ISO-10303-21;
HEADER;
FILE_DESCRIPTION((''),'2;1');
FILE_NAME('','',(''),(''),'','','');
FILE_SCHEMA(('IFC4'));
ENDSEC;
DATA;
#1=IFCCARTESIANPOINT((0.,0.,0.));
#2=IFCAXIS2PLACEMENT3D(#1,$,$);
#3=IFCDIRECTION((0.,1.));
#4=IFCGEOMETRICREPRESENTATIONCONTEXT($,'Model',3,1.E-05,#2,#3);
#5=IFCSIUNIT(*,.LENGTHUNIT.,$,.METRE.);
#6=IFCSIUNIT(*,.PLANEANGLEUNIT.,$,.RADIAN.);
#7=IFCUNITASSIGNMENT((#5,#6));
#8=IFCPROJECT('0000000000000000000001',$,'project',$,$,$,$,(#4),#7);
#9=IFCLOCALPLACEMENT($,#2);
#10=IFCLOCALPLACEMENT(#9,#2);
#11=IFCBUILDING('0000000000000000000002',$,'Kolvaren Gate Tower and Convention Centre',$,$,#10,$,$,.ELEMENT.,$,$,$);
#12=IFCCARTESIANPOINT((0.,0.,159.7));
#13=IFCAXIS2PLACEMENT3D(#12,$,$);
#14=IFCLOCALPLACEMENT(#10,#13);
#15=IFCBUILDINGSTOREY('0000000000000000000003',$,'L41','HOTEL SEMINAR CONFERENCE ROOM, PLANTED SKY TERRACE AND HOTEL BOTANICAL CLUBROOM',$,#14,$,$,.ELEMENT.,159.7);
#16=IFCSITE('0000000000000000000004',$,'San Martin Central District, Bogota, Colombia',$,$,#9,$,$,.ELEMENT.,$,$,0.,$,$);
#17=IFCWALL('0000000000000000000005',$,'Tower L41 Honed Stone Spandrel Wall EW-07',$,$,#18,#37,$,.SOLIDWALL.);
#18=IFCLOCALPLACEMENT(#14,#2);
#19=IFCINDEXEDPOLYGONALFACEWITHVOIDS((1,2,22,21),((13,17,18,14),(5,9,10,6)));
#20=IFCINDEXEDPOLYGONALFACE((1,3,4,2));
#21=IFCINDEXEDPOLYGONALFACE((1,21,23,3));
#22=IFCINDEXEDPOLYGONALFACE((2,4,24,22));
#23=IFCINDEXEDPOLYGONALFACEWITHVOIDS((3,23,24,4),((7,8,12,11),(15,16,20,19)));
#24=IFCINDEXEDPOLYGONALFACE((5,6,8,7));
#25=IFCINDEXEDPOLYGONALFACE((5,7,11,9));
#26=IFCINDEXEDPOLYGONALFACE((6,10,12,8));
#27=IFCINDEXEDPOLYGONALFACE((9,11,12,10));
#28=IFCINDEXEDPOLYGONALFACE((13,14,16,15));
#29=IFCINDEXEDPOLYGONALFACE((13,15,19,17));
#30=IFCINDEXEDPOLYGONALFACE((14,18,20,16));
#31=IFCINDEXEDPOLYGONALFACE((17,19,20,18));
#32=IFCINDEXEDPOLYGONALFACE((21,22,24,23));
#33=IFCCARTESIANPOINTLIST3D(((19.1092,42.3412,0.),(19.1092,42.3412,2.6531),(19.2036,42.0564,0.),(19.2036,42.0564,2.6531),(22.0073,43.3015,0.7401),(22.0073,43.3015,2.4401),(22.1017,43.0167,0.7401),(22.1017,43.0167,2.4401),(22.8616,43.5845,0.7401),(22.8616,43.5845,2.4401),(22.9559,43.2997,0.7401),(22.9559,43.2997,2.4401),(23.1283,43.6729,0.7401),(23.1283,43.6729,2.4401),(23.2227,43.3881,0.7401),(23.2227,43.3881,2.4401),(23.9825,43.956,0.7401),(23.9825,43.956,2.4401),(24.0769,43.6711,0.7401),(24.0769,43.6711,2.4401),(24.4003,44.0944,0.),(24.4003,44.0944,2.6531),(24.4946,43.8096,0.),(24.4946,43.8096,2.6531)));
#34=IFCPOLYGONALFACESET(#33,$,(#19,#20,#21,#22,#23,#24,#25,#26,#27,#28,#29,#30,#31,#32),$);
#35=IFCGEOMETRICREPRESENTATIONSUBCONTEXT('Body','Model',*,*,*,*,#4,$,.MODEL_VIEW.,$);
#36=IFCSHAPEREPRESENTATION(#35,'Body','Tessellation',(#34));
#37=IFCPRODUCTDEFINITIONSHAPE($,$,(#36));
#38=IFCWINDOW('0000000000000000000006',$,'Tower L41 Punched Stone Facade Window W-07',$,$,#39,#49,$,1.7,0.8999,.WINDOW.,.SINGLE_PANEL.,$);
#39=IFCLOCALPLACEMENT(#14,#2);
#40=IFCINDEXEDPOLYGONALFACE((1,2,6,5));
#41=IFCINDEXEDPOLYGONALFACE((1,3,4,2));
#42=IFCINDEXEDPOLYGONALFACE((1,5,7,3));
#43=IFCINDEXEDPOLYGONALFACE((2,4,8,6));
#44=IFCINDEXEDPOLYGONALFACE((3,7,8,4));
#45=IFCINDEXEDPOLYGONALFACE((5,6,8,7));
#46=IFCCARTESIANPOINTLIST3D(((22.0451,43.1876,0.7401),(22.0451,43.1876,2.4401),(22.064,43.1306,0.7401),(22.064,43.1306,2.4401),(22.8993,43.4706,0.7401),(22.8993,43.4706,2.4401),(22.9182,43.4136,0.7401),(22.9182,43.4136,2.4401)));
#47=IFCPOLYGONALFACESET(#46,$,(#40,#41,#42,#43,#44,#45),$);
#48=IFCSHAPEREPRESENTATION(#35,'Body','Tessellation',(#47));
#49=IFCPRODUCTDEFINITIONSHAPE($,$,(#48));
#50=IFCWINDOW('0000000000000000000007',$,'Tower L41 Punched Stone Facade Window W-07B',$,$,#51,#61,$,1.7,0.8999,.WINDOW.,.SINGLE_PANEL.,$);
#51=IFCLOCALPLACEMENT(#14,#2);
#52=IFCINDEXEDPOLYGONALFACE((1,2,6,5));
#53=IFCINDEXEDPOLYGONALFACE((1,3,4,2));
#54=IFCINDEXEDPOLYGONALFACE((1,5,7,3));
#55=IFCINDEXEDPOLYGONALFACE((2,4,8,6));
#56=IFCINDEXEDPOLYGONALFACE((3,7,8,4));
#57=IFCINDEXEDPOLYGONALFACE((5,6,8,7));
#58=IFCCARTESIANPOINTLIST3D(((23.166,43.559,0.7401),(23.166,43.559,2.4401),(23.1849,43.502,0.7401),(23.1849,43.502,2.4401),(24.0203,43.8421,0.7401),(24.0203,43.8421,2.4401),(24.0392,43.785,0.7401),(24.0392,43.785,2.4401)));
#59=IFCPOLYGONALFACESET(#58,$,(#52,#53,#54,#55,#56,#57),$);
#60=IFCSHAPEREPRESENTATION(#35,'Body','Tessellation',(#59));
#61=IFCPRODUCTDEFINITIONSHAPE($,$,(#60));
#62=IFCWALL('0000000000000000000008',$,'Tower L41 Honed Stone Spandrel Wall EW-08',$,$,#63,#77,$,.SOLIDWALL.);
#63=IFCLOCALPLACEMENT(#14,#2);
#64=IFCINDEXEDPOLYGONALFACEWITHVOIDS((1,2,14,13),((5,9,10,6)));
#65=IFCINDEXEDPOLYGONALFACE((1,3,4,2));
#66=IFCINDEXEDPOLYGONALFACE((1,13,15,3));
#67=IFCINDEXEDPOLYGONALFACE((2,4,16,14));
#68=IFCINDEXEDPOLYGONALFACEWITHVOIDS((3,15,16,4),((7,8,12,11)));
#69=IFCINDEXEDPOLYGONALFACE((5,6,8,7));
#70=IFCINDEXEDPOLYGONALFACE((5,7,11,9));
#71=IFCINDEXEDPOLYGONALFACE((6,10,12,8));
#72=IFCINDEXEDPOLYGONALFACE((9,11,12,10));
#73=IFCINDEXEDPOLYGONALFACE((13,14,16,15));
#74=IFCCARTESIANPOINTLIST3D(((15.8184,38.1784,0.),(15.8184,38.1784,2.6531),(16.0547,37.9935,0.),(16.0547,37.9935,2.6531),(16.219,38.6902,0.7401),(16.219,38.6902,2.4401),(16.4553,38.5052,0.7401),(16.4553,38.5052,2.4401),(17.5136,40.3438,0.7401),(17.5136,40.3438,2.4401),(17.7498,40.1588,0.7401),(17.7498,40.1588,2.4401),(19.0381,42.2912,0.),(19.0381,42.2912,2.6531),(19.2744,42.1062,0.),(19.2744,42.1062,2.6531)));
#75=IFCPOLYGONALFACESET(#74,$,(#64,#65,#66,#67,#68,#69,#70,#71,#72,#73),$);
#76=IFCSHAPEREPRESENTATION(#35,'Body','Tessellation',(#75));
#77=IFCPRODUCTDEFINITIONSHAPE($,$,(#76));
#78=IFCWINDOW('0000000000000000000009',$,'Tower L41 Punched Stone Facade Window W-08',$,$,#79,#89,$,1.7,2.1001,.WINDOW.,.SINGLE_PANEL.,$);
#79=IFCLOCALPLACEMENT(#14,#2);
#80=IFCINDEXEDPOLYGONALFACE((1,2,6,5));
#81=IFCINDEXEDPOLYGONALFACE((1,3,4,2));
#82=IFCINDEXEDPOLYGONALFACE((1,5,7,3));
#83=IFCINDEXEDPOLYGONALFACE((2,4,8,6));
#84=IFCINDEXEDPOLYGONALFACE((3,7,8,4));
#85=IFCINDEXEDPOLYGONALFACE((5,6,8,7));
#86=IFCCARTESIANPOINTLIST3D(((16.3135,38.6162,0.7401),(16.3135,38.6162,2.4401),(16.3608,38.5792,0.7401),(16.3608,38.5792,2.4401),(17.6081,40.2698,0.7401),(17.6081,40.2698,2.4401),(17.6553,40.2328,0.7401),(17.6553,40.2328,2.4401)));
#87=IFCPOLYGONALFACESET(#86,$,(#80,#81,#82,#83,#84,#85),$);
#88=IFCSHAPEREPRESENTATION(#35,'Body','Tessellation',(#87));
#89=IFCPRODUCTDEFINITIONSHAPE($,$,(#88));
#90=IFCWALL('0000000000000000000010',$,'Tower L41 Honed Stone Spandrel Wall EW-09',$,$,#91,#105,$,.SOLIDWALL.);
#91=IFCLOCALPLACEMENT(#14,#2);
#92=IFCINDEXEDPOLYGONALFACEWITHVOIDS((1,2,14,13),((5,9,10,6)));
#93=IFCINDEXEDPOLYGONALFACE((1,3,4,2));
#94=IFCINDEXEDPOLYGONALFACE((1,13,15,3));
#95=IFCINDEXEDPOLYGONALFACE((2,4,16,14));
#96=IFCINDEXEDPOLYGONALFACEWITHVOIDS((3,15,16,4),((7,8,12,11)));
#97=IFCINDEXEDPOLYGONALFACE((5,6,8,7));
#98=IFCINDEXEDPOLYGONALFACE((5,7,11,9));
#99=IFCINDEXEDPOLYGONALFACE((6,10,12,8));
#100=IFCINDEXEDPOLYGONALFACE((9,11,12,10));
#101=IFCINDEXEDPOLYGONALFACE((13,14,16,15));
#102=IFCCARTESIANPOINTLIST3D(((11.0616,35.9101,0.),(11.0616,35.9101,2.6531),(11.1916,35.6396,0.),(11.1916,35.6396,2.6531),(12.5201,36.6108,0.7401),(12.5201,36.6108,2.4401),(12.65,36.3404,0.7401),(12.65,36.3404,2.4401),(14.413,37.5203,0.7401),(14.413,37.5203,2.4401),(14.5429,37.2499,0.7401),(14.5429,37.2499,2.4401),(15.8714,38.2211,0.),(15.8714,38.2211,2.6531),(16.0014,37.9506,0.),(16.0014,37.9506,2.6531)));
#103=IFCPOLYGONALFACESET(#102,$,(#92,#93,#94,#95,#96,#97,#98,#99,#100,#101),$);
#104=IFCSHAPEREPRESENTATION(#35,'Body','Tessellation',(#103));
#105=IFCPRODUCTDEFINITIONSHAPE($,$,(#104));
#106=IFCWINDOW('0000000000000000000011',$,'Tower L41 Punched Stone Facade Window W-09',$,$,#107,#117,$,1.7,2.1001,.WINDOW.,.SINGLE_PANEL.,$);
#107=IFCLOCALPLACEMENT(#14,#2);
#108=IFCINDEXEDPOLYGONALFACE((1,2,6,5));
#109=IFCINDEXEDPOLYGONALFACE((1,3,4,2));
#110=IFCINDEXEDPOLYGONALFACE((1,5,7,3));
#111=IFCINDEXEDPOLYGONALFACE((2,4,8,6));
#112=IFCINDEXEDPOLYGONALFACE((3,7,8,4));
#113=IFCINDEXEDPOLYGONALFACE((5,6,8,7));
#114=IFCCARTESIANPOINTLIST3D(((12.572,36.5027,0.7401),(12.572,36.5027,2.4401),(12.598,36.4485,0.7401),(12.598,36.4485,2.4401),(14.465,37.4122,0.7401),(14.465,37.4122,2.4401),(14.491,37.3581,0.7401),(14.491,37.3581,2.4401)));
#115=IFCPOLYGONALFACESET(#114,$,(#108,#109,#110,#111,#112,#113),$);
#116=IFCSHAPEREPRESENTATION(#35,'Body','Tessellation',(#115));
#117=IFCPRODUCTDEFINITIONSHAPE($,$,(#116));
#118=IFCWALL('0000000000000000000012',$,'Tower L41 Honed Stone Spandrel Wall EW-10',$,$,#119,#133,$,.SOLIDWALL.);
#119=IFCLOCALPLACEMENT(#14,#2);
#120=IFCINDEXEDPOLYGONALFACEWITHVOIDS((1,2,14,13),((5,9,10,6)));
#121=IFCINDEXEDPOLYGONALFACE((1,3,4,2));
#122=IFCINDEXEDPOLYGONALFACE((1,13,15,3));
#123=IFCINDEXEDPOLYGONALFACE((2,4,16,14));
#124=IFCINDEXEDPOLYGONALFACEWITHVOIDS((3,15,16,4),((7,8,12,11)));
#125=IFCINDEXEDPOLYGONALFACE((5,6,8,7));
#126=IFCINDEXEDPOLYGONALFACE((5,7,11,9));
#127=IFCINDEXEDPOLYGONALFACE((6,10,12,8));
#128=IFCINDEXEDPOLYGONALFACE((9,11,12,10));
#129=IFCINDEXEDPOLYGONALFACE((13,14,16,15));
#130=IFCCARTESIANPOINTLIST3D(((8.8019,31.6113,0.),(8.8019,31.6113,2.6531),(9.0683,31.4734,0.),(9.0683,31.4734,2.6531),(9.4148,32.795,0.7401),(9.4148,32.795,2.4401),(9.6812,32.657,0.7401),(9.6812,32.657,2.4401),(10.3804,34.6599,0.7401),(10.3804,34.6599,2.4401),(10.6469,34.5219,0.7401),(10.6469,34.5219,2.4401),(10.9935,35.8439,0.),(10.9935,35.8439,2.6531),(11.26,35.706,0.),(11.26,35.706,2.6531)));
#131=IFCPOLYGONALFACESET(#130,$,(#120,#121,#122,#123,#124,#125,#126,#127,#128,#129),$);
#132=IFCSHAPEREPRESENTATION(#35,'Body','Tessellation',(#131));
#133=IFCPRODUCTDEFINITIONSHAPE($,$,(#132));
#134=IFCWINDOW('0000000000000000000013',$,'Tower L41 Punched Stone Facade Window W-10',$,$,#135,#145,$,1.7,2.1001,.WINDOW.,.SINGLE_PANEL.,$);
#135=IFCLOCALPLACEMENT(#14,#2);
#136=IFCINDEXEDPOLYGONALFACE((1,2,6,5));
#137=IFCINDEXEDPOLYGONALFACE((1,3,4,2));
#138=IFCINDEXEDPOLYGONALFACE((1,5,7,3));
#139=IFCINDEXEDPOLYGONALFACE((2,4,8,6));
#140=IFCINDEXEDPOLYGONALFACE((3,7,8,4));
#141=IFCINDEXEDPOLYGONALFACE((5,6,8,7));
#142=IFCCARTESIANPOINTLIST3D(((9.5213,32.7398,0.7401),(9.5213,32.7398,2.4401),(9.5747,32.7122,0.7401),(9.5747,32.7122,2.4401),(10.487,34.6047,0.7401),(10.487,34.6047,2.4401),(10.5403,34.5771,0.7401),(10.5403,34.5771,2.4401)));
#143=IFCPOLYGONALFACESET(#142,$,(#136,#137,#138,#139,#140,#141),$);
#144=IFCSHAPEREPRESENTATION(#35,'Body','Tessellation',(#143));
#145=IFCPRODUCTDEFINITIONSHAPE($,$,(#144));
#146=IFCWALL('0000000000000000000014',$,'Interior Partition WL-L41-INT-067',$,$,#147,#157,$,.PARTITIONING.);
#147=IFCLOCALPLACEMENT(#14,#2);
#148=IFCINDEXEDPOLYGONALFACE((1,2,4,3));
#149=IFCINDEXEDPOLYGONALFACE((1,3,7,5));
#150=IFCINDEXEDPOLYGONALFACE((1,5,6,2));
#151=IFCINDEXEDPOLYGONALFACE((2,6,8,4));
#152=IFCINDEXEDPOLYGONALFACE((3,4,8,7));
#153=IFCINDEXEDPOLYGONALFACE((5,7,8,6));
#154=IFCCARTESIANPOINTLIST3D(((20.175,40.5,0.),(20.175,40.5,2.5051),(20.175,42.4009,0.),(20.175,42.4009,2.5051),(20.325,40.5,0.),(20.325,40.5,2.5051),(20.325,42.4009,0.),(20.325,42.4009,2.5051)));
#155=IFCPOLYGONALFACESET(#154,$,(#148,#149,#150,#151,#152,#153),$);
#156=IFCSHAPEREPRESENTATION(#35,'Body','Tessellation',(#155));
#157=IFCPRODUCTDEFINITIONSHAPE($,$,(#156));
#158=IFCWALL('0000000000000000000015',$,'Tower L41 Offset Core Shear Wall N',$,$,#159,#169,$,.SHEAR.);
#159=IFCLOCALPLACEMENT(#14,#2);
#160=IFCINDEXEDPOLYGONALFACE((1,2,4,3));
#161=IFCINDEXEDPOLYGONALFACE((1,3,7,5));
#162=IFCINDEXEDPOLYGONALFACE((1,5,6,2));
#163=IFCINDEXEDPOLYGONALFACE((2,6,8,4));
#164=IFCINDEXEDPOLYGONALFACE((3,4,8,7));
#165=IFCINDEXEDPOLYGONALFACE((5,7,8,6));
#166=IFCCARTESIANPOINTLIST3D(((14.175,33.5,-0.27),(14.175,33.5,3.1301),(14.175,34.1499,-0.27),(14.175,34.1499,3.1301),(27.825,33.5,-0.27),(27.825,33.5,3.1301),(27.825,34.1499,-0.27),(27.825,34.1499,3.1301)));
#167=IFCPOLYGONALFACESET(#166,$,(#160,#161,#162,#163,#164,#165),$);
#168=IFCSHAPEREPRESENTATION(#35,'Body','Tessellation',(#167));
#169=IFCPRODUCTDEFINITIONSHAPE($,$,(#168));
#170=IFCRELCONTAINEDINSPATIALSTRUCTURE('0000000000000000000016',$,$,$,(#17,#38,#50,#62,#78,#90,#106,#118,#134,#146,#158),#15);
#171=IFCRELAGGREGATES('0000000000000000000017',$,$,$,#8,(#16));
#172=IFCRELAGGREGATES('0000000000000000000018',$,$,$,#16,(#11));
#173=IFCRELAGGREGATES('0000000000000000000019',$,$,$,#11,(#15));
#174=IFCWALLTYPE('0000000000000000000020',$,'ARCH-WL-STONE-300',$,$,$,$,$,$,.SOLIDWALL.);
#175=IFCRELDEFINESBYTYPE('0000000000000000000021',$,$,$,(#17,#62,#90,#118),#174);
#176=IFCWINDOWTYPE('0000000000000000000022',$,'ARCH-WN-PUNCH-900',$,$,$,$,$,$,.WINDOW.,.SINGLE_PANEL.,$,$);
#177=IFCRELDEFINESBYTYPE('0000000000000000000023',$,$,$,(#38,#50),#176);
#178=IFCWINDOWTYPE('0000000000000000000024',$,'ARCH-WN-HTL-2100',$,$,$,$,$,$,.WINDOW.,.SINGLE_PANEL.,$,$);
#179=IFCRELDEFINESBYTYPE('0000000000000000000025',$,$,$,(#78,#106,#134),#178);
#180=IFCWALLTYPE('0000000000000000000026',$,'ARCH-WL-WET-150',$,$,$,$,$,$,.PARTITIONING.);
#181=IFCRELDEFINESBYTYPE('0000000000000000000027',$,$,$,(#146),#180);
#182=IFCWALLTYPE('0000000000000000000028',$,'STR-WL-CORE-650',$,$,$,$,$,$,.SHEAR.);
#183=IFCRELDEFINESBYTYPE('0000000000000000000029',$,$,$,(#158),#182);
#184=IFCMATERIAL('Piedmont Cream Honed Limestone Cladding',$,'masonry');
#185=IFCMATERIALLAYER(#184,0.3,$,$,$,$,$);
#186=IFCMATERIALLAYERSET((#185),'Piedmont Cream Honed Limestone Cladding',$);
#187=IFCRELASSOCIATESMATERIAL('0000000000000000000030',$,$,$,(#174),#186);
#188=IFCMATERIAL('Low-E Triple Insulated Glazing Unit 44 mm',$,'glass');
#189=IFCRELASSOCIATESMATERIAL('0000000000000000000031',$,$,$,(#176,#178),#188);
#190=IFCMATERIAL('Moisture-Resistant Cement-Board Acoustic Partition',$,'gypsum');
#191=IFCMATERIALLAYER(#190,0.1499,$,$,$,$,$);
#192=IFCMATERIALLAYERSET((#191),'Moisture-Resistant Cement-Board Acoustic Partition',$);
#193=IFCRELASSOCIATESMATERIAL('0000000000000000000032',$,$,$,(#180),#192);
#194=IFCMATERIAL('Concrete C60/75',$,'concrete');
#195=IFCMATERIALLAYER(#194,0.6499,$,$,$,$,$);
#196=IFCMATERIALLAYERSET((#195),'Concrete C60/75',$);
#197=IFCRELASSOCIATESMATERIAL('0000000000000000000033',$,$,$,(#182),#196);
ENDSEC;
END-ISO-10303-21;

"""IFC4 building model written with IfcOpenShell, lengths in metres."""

from ifc_helpers import new_model, si_unit, direction, frame, frame_2d, origin, place, context, subcontext, project, spatial, rectangle, extrude, material, layer, layer_set, type_object, element, fill, save


model = new_model("IFC4")

# Units and contexts
model_context = context("Model", 3, precision=1e-05, world=origin(), true_north=direction((0.0, 1.0)))
body_context = subcontext(model_context, "Body", "Model", "MODEL_VIEW")
ifc_project = project(units=[si_unit("LENGTHUNIT", "METRE"), si_unit("PLANEANGLEUNIT", "RADIAN")], contexts=[model_context])

# Site, building, storey
site_placement = place(None, origin())
site = spatial("IfcSite", under=ifc_project, at=site_placement, Name="San Martin Central District, Bogota, Colombia", CompositionType="ELEMENT", RefElevation=0.0)
building_placement = place(site_placement, origin())
building = spatial("IfcBuilding", under=site, at=building_placement, Name="Kolvaren Gate Tower and Convention Centre", CompositionType="ELEMENT")
storey_placement = place(building_placement, frame((0.0, 0.0, 159.7)))
storey = spatial("IfcBuildingStorey", under=building, at=storey_placement, Name="L41", Description="HOTEL SEMINAR CONFERENCE ROOM, PLANTED SKY TERRACE AND HOTEL BOTANICAL CLUBROOM", CompositionType="ELEMENT", Elevation=159.7)

# Shared definitions
ifc_material_1 = material(Name="Concrete C60/75", Category="concrete")

# Wall, openings, windows
ifc_material_2 = material(Name="Piedmont Cream Honed Limestone Cladding", Category="masonry")
ifc_layer_1 = layer(ifc_material_2, 0.3)
ifc_layer_set_1 = layer_set([ifc_layer_1], Name="Piedmont Cream Honed Limestone Cladding")
wall_type_1 = type_object("IfcWallType", Name="ARCH-WL-STONE-300", PredefinedType="SOLIDWALL", material=ifc_layer_set_1)
wall_1_placement = place(storey_placement, frame((19.1562, 42.1987, 0.0), z_axis=(0.0, 0.0, 1.0), x_axis=(0.949247, 0.314532, 0.0)))
wall_1 = element("IfcWall", 1, at=wall_1_placement, inside=storey, type_object=wall_type_1, Name="Tower L41 Honed Stone Spandrel Wall EW-07", PredefinedType="SOLIDWALL", context=body_context, shape_type="SweptSolid", body=[
    extrude(rectangle(XDim=5.574, YDim=0.3, at=frame_2d((2.7871, 0.0))), origin(), (0.0, 0.0, 1.0), 2.6531),
])
opening_1_placement = place(wall_1_placement, frame((3.0532, 0.0, 0.74)))
opening_1 = element("IfcOpeningElement", 2, at=opening_1_placement, cuts=wall_1, PredefinedType="OPENING", context=body_context, shape_type="SweptSolid", body=[
    extrude(rectangle(XDim=0.8999, YDim=1.7, at=frame_2d((0.45, 0.8501))), frame((0.0, 0.1599, 0.0), z_axis=(0.0, -1.0, 0.0), x_axis=(1.0, 0.0, 0.0)), (0.0, 0.0, 1.0), 0.3201),
])
opening_2_placement = place(wall_1_placement, frame((4.2341, 0.0, 0.74)))
opening_2 = element("IfcOpeningElement", 3, at=opening_2_placement, cuts=wall_1, PredefinedType="OPENING", context=body_context, shape_type="SweptSolid", body=[
    extrude(rectangle(XDim=0.8999, YDim=1.7, at=frame_2d((0.45, 0.8501))), frame((0.0, 0.1599, 0.0), z_axis=(0.0, -1.0, 0.0), x_axis=(1.0, 0.0, 0.0)), (0.0, 0.0, 1.0), 0.3201),
])
ifc_material_3 = material(Name="Low-E Triple Insulated Glazing Unit 44 mm", Category="glass")
window_type_1 = type_object("IfcWindowType", Name="ARCH-WN-PUNCH-900", PartitioningType="SINGLE_PANEL", PredefinedType="WINDOW", material=ifc_material_3)
window_1_placement = place(opening_1_placement, origin())
window_1 = element("IfcWindow", 4, at=window_1_placement, inside=storey, type_object=window_type_1, Name="Tower L41 Punched Stone Facade Window W-07", OverallHeight=1.7, OverallWidth=0.8999, PartitioningType="SINGLE_PANEL", PredefinedType="WINDOW", context=body_context, shape_type="SweptSolid", body=[
    extrude(rectangle(XDim=0.8999, YDim=1.7, at=frame_2d((0.45, 0.8501))), frame((0.0, 0.03, 0.0), z_axis=(0.0, -1.0, 0.0), x_axis=(1.0, 0.0, 0.0)), (0.0, 0.0, 1.0), 0.0601),
])
fill(opening_1, window_1)
window_2_placement = place(opening_2_placement, origin())
window_2 = element("IfcWindow", 5, at=window_2_placement, inside=storey, type_object=window_type_1, Name="Tower L41 Punched Stone Facade Window W-07B", OverallHeight=1.7, OverallWidth=0.8999, PartitioningType="SINGLE_PANEL", PredefinedType="WINDOW", context=body_context, shape_type="SweptSolid", body=[
    extrude(rectangle(XDim=0.8999, YDim=1.7, at=frame_2d((0.45, 0.8501))), frame((0.0, 0.03, 0.0), z_axis=(0.0, -1.0, 0.0), x_axis=(1.0, 0.0, 0.0)), (0.0, 0.0, 1.0), 0.0601),
])
fill(opening_2, window_2)

# Walls, openings, windows
wall_2_placement = place(storey_placement, frame((15.9365, 38.0859, 0.0), z_axis=(0.0, 0.0, 1.0), x_axis=(0.616429, 0.78741, 0.0)))
wall_2 = element("IfcWall", 6, at=wall_2_placement, inside=storey, type_object=wall_type_1, Name="Tower L41 Honed Stone Spandrel Wall EW-08", PredefinedType="SOLIDWALL", context=body_context, shape_type="SweptSolid", body=[
    extrude(rectangle(XDim=5.2231, YDim=0.3, at=frame_2d((2.6116, 0.0))), origin(), (0.0, 0.0, 1.0), 2.6531),
])
opening_3_placement = place(wall_2_placement, frame((0.6499, 0.0, 0.74)))
opening_3 = element("IfcOpeningElement", 7, at=opening_3_placement, cuts=wall_2, PredefinedType="OPENING", context=body_context, shape_type="SweptSolid", body=[
    extrude(rectangle(XDim=2.1001, YDim=1.7, at=frame_2d((1.05, 0.8501))), frame((0.0, 0.1599, 0.0), z_axis=(0.0, -1.0, 0.0), x_axis=(1.0, 0.0, 0.0)), (0.0, 0.0, 1.0), 0.3201),
])
window_type_2 = type_object("IfcWindowType", Name="ARCH-WN-HTL-2100", PartitioningType="SINGLE_PANEL", PredefinedType="WINDOW", material=ifc_material_3)
window_3_placement = place(opening_3_placement, origin())
window_3 = element("IfcWindow", 8, at=window_3_placement, inside=storey, type_object=window_type_2, Name="Tower L41 Punched Stone Facade Window W-08", OverallHeight=1.7, OverallWidth=2.1001, PartitioningType="SINGLE_PANEL", PredefinedType="WINDOW", context=body_context, shape_type="SweptSolid", body=[
    extrude(rectangle(XDim=2.1001, YDim=1.7, at=frame_2d((1.05, 0.8501))), frame((0.0, 0.03, 0.0), z_axis=(0.0, -1.0, 0.0), x_axis=(1.0, 0.0, 0.0)), (0.0, 0.0, 1.0), 0.0601),
])
fill(opening_3, window_3)
wall_3_placement = place(storey_placement, frame((11.1267, 35.7749, 0.0), z_axis=(0.0, 0.0, 1.0), x_axis=(0.901353, 0.433085, 0.0)))
wall_3 = element("IfcWall", 9, at=wall_3_placement, inside=storey, type_object=wall_type_1, Name="Tower L41 Honed Stone Spandrel Wall EW-09", PredefinedType="SOLIDWALL", context=body_context, shape_type="SweptSolid", body=[
    extrude(rectangle(XDim=5.3362, YDim=0.3, at=frame_2d((2.668, 0.0))), origin(), (0.0, 0.0, 1.0), 2.6531),
])
opening_4_placement = place(wall_3_placement, frame((1.6179, 0.0, 0.74)))
opening_4 = element("IfcOpeningElement", 10, at=opening_4_placement, cuts=wall_3, PredefinedType="OPENING", context=body_context, shape_type="SweptSolid", body=[
    extrude(rectangle(XDim=2.1001, YDim=1.7, at=frame_2d((1.05, 0.8501))), frame((0.0, 0.1599, 0.0), z_axis=(0.0, -1.0, 0.0), x_axis=(1.0, 0.0, 0.0)), (0.0, 0.0, 1.0), 0.3201),
])
window_4_placement = place(opening_4_placement, origin())
window_4 = element("IfcWindow", 11, at=window_4_placement, inside=storey, type_object=window_type_2, Name="Tower L41 Punched Stone Facade Window W-09", OverallHeight=1.7, OverallWidth=2.1001, PartitioningType="SINGLE_PANEL", PredefinedType="WINDOW", context=body_context, shape_type="SweptSolid", body=[
    extrude(rectangle(XDim=2.1001, YDim=1.7, at=frame_2d((1.05, 0.8501))), frame((0.0, 0.03, 0.0), z_axis=(0.0, -1.0, 0.0), x_axis=(1.0, 0.0, 0.0)), (0.0, 0.0, 1.0), 0.0601),
])
fill(opening_4, window_4)
wall_4_placement = place(storey_placement, frame((8.9351, 31.5422, 0.0), z_axis=(0.0, 0.0, 1.0), x_axis=(0.45981, 0.888017, 0.0)))
wall_4 = element("IfcWall", 12, at=wall_4_placement, inside=storey, type_object=wall_type_1, Name="Tower L41 Honed Stone Spandrel Wall EW-10", PredefinedType="SOLIDWALL", context=body_context, shape_type="SweptSolid", body=[
    extrude(rectangle(XDim=4.7664, YDim=0.3, at=frame_2d((2.3833, 0.0))), origin(), (0.0, 0.0, 1.0), 2.6531),
])
opening_5_placement = place(wall_4_placement, frame((1.333, 0.0, 0.74)))
opening_5 = element("IfcOpeningElement", 13, at=opening_5_placement, cuts=wall_4, PredefinedType="OPENING", context=body_context, shape_type="SweptSolid", body=[
    extrude(rectangle(XDim=2.1001, YDim=1.7, at=frame_2d((1.05, 0.8501))), frame((0.0, 0.1599, 0.0), z_axis=(0.0, -1.0, 0.0), x_axis=(1.0, 0.0, 0.0)), (0.0, 0.0, 1.0), 0.3201),
])
window_5_placement = place(opening_5_placement, origin())
window_5 = element("IfcWindow", 14, at=window_5_placement, inside=storey, type_object=window_type_2, Name="Tower L41 Punched Stone Facade Window W-10", OverallHeight=1.7, OverallWidth=2.1001, PartitioningType="SINGLE_PANEL", PredefinedType="WINDOW", context=body_context, shape_type="SweptSolid", body=[
    extrude(rectangle(XDim=2.1001, YDim=1.7, at=frame_2d((1.05, 0.8501))), frame((0.0, 0.03, 0.0), z_axis=(0.0, -1.0, 0.0), x_axis=(1.0, 0.0, 0.0)), (0.0, 0.0, 1.0), 0.0601),
])
fill(opening_5, window_5)

# Walls
ifc_material_4 = material(Name="Moisture-Resistant Cement-Board Acoustic Partition", Category="gypsum")
ifc_layer_2 = layer(ifc_material_4, 0.1499)
ifc_layer_set_2 = layer_set([ifc_layer_2], Name="Moisture-Resistant Cement-Board Acoustic Partition")
wall_type_2 = type_object("IfcWallType", Name="ARCH-WL-WET-150", PredefinedType="PARTITIONING", material=ifc_layer_set_2)
wall_5_placement = place(storey_placement, frame((20.25, 40.5, 0.0), z_axis=(0.0, 0.0, 1.0), x_axis=(0.0, 1.0, 0.0)))
element("IfcWall", 15, at=wall_5_placement, inside=storey, type_object=wall_type_2, Name="Interior Partition WL-L41-INT-067", PredefinedType="PARTITIONING", context=body_context, shape_type="SweptSolid", body=[
    extrude(rectangle(XDim=1.9009, YDim=0.1499, at=frame_2d((0.9504, 0.0))), origin(), (0.0, 0.0, 1.0), 2.5051),
])
ifc_layer_3 = layer(ifc_material_1, 0.6499)
ifc_layer_set_3 = layer_set([ifc_layer_3], Name="Concrete C60/75")
wall_type_3 = type_object("IfcWallType", Name="STR-WL-CORE-650", PredefinedType="SHEAR", material=ifc_layer_set_3)
wall_6_placement = place(storey_placement, frame((14.175, 33.825, -0.27), z_axis=(0.0, 0.0, 1.0), x_axis=(1.0, 0.0, 0.0)))
element("IfcWall", 16, at=wall_6_placement, inside=storey, type_object=wall_type_3, Name="Tower L41 Offset Core Shear Wall N", PredefinedType="SHEAR", context=body_context, shape_type="SweptSolid", body=[
    extrude(rectangle(XDim=13.6499, YDim=0.6499, at=frame_2d((6.825, 0.0))), origin(), (0.0, 0.0, 1.0), 3.4001),
])

save(model, "model.ifc")
